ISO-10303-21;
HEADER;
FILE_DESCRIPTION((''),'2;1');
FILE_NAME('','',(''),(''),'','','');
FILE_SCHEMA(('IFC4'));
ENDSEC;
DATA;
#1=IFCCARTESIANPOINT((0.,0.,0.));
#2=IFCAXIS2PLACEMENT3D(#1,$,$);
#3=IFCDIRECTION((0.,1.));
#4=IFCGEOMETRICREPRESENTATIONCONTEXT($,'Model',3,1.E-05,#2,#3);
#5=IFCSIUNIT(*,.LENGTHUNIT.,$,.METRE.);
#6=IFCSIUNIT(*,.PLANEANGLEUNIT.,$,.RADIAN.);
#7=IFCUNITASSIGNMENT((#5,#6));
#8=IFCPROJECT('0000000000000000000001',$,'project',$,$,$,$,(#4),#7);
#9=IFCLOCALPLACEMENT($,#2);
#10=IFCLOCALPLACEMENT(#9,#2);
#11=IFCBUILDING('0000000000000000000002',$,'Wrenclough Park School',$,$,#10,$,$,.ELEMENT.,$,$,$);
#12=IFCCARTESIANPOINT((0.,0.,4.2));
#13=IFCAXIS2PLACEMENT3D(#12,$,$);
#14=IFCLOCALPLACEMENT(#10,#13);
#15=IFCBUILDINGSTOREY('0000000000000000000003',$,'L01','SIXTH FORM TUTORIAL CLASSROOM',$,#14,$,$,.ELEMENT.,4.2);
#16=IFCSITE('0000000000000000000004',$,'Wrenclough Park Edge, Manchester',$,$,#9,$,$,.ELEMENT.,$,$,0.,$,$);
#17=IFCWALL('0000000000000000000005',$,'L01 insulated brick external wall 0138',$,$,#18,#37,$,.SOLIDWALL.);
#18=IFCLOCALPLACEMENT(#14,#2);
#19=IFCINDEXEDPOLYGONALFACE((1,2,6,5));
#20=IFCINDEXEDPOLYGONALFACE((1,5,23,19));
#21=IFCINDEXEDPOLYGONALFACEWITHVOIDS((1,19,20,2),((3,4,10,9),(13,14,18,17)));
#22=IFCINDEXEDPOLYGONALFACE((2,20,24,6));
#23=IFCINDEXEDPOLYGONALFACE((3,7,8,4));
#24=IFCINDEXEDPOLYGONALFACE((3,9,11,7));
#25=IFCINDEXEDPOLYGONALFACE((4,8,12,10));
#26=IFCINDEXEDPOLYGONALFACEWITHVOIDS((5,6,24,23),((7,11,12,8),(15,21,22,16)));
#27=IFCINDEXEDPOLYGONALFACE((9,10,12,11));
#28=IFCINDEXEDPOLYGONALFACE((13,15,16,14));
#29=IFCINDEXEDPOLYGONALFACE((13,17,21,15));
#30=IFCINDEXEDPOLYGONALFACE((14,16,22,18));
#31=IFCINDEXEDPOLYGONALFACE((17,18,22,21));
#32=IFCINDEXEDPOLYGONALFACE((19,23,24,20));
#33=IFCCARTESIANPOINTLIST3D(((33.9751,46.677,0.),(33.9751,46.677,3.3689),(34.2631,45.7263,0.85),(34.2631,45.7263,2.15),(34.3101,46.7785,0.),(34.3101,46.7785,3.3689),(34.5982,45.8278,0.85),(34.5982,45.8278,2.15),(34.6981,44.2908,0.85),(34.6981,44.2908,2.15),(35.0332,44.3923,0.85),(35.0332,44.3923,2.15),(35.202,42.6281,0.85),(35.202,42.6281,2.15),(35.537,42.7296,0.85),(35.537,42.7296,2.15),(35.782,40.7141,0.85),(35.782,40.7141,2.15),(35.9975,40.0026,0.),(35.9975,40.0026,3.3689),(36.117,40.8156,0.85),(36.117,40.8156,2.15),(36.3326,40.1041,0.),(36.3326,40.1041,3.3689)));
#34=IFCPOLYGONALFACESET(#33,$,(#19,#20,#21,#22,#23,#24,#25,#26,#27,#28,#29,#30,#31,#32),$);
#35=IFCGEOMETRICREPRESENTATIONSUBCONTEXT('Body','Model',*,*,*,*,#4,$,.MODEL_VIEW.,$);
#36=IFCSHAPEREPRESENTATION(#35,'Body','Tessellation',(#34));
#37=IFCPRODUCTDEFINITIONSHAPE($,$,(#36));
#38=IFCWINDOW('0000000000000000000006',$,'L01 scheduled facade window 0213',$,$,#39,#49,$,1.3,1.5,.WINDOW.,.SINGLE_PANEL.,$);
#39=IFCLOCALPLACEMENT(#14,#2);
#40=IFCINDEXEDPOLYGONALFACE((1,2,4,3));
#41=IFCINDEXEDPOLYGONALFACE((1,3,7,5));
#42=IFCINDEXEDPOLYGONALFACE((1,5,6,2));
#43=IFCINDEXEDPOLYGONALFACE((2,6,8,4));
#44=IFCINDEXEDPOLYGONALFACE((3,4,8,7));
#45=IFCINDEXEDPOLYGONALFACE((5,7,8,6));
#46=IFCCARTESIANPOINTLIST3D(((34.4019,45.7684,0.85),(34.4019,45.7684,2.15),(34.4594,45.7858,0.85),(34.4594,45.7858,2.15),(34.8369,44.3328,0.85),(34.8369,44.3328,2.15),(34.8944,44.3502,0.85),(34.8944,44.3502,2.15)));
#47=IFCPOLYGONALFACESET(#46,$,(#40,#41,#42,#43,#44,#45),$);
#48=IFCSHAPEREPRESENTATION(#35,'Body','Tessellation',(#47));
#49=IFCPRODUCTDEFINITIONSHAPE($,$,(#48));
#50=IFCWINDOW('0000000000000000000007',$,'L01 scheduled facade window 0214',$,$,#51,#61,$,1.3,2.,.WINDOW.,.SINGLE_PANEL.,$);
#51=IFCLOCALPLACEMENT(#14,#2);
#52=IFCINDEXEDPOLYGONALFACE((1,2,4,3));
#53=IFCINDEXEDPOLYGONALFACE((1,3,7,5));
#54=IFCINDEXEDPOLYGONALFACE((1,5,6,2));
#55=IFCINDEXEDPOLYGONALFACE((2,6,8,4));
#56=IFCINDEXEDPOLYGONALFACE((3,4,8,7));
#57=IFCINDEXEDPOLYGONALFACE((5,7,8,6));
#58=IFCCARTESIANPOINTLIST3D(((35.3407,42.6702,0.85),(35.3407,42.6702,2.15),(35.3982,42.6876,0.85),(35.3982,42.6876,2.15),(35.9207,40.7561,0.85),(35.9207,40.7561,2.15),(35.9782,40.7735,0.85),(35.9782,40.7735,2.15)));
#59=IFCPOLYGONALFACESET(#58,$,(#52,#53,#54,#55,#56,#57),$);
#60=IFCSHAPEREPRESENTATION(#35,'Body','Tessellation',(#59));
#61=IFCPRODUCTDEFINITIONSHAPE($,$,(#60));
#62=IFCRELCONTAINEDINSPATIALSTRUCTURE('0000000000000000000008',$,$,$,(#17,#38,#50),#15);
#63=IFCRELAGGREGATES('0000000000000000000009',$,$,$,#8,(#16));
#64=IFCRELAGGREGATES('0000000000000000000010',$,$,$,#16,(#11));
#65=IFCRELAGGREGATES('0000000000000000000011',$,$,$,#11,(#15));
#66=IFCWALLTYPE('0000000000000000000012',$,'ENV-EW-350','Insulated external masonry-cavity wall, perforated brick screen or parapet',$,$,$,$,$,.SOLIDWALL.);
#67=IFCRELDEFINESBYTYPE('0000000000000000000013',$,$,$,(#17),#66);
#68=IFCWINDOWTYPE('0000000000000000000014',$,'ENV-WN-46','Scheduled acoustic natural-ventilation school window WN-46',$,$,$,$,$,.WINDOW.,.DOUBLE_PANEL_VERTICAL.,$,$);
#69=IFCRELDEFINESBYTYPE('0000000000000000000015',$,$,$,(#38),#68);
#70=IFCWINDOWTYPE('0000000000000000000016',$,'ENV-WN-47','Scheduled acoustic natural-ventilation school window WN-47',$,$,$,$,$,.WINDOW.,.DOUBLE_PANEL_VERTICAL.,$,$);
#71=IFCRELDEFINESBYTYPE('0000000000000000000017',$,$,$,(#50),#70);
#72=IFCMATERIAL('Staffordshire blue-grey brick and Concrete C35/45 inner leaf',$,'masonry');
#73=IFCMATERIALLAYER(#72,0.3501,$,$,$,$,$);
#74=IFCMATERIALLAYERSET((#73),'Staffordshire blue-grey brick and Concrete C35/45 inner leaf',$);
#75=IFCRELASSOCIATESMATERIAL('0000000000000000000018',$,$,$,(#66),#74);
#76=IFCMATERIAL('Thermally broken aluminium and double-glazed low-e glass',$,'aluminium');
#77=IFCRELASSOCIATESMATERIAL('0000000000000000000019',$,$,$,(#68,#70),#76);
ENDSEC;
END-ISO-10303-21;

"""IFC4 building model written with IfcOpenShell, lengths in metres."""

from ifc_helpers import new_model, si_unit, direction, frame, frame_2d, origin, place, context, subcontext, project, spatial, rectangle, extrude, material, layer, layer_set, type_object, element, fill, save


model = new_model("IFC4")

# Units and contexts
model_context = context("Model", 3, precision=1e-05, world=origin(), true_north=direction((0.0, 1.0)))
body_context = subcontext(model_context, "Body", "Model", "MODEL_VIEW")
ifc_project = project(units=[si_unit("LENGTHUNIT", "METRE"), si_unit("PLANEANGLEUNIT", "RADIAN")], contexts=[model_context])

# Site, building, storey
site_placement = place(None, origin())
site = spatial("IfcSite", under=ifc_project, at=site_placement, Name="Wrenclough Park Edge, Manchester", CompositionType="ELEMENT", RefElevation=0.0)
building_placement = place(site_placement, origin())
building = spatial("IfcBuilding", under=site, at=building_placement, Name="Wrenclough Park School", CompositionType="ELEMENT")
storey_placement = place(building_placement, frame((0.0, 0.0, 4.2)))
storey = spatial("IfcBuildingStorey", under=building, at=storey_placement, Name="L01", Description="SIXTH FORM TUTORIAL CLASSROOM", CompositionType="ELEMENT", Elevation=4.2)

# Wall, openings, windows
ifc_material_1 = material(Name="Thermally broken aluminium and double-glazed low-e glass", Category="aluminium")
ifc_material_2 = material(Name="Staffordshire blue-grey brick and Concrete C35/45 inner leaf", Category="masonry")
ifc_layer_1 = layer(ifc_material_2, 0.3501)
ifc_layer_set_1 = layer_set([ifc_layer_1], Name="Staffordshire blue-grey brick and Concrete C35/45 inner leaf")
wall_type_1 = type_object("IfcWallType", Name="ENV-EW-350", Description="Insulated external masonry-cavity wall, perforated brick screen or parapet", PredefinedType="SOLIDWALL", material=ifc_layer_set_1)
wall_1_placement = place(storey_placement, frame((34.1426, 46.7278, 0.0), z_axis=(0.0, 0.0, 1.0), x_axis=(0.29, -0.957027, 0.0)))
wall_1 = element("IfcWall", 1, at=wall_1_placement, inside=storey, type_object=wall_type_1, Name="L01 insulated brick external wall 0138", PredefinedType="SOLIDWALL", context=body_context, shape_type="SweptSolid", body=[
    extrude(rectangle(XDim=6.9741, YDim=0.3501, at=frame_2d((3.4871, 0.0))), origin(), (0.0, 0.0, 1.0), 3.3689),
])
opening_1_placement = place(wall_1_placement, frame((0.9934, 0.0, 0.8501)))
opening_1 = element("IfcOpeningElement", 2, at=opening_1_placement, cuts=wall_1, PredefinedType="OPENING", context=body_context, shape_type="SweptSolid", body=[
    extrude(rectangle(XDim=1.5, YDim=1.3, at=frame_2d((0.75, 0.6499))), frame((0.0, 0.1851, 0.0), z_axis=(0.0, -1.0, 0.0), x_axis=(1.0, 0.0, 0.0)), (0.0, 0.0, 1.0), 0.3701),
])
opening_2_placement = place(wall_1_placement, frame((4.2307, 0.0, 0.8501)))
opening_2 = element("IfcOpeningElement", 3, at=opening_2_placement, cuts=wall_1, PredefinedType="OPENING", context=body_context, shape_type="SweptSolid", body=[
    extrude(rectangle(XDim=2.0, YDim=1.3, at=frame_2d((1.0, 0.6499))), frame((0.0, 0.1851, 0.0), z_axis=(0.0, -1.0, 0.0), x_axis=(1.0, 0.0, 0.0)), (0.0, 0.0, 1.0), 0.3701),
])
window_type_1 = type_object("IfcWindowType", Name="ENV-WN-46", Description="Scheduled acoustic natural-ventilation school window WN-46", PartitioningType="DOUBLE_PANEL_VERTICAL", PredefinedType="WINDOW", material=ifc_material_1)
window_1_placement = place(opening_1_placement, origin())
window_1 = element("IfcWindow", 4, at=window_1_placement, inside=storey, type_object=window_type_1, Name="L01 scheduled facade window 0213", OverallHeight=1.3, OverallWidth=1.5, PartitioningType="SINGLE_PANEL", PredefinedType="WINDOW", context=body_context, shape_type="SweptSolid", body=[
    extrude(rectangle(XDim=1.5, YDim=1.3, at=frame_2d((0.75, 0.6499))), frame((0.0, 0.03, 0.0), z_axis=(0.0, -1.0, 0.0), x_axis=(1.0, 0.0, 0.0)), (0.0, 0.0, 1.0), 0.0601),
])
fill(opening_1, window_1)
window_type_2 = type_object("IfcWindowType", Name="ENV-WN-47", Description="Scheduled acoustic natural-ventilation school window WN-47", PartitioningType="DOUBLE_PANEL_VERTICAL", PredefinedType="WINDOW", material=ifc_material_1)
window_2_placement = place(opening_2_placement, origin())
window_2 = element("IfcWindow", 5, at=window_2_placement, inside=storey, type_object=window_type_2, Name="L01 scheduled facade window 0214", OverallHeight=1.3, OverallWidth=2.0, PartitioningType="SINGLE_PANEL", PredefinedType="WINDOW", context=body_context, shape_type="SweptSolid", body=[
    extrude(rectangle(XDim=2.0, YDim=1.3, at=frame_2d((1.0, 0.6499))), frame((0.0, 0.03, 0.0), z_axis=(0.0, -1.0, 0.0), x_axis=(1.0, 0.0, 0.0)), (0.0, 0.0, 1.0), 0.0601),
])
fill(opening_2, window_2)

save(model, "model.ifc")
